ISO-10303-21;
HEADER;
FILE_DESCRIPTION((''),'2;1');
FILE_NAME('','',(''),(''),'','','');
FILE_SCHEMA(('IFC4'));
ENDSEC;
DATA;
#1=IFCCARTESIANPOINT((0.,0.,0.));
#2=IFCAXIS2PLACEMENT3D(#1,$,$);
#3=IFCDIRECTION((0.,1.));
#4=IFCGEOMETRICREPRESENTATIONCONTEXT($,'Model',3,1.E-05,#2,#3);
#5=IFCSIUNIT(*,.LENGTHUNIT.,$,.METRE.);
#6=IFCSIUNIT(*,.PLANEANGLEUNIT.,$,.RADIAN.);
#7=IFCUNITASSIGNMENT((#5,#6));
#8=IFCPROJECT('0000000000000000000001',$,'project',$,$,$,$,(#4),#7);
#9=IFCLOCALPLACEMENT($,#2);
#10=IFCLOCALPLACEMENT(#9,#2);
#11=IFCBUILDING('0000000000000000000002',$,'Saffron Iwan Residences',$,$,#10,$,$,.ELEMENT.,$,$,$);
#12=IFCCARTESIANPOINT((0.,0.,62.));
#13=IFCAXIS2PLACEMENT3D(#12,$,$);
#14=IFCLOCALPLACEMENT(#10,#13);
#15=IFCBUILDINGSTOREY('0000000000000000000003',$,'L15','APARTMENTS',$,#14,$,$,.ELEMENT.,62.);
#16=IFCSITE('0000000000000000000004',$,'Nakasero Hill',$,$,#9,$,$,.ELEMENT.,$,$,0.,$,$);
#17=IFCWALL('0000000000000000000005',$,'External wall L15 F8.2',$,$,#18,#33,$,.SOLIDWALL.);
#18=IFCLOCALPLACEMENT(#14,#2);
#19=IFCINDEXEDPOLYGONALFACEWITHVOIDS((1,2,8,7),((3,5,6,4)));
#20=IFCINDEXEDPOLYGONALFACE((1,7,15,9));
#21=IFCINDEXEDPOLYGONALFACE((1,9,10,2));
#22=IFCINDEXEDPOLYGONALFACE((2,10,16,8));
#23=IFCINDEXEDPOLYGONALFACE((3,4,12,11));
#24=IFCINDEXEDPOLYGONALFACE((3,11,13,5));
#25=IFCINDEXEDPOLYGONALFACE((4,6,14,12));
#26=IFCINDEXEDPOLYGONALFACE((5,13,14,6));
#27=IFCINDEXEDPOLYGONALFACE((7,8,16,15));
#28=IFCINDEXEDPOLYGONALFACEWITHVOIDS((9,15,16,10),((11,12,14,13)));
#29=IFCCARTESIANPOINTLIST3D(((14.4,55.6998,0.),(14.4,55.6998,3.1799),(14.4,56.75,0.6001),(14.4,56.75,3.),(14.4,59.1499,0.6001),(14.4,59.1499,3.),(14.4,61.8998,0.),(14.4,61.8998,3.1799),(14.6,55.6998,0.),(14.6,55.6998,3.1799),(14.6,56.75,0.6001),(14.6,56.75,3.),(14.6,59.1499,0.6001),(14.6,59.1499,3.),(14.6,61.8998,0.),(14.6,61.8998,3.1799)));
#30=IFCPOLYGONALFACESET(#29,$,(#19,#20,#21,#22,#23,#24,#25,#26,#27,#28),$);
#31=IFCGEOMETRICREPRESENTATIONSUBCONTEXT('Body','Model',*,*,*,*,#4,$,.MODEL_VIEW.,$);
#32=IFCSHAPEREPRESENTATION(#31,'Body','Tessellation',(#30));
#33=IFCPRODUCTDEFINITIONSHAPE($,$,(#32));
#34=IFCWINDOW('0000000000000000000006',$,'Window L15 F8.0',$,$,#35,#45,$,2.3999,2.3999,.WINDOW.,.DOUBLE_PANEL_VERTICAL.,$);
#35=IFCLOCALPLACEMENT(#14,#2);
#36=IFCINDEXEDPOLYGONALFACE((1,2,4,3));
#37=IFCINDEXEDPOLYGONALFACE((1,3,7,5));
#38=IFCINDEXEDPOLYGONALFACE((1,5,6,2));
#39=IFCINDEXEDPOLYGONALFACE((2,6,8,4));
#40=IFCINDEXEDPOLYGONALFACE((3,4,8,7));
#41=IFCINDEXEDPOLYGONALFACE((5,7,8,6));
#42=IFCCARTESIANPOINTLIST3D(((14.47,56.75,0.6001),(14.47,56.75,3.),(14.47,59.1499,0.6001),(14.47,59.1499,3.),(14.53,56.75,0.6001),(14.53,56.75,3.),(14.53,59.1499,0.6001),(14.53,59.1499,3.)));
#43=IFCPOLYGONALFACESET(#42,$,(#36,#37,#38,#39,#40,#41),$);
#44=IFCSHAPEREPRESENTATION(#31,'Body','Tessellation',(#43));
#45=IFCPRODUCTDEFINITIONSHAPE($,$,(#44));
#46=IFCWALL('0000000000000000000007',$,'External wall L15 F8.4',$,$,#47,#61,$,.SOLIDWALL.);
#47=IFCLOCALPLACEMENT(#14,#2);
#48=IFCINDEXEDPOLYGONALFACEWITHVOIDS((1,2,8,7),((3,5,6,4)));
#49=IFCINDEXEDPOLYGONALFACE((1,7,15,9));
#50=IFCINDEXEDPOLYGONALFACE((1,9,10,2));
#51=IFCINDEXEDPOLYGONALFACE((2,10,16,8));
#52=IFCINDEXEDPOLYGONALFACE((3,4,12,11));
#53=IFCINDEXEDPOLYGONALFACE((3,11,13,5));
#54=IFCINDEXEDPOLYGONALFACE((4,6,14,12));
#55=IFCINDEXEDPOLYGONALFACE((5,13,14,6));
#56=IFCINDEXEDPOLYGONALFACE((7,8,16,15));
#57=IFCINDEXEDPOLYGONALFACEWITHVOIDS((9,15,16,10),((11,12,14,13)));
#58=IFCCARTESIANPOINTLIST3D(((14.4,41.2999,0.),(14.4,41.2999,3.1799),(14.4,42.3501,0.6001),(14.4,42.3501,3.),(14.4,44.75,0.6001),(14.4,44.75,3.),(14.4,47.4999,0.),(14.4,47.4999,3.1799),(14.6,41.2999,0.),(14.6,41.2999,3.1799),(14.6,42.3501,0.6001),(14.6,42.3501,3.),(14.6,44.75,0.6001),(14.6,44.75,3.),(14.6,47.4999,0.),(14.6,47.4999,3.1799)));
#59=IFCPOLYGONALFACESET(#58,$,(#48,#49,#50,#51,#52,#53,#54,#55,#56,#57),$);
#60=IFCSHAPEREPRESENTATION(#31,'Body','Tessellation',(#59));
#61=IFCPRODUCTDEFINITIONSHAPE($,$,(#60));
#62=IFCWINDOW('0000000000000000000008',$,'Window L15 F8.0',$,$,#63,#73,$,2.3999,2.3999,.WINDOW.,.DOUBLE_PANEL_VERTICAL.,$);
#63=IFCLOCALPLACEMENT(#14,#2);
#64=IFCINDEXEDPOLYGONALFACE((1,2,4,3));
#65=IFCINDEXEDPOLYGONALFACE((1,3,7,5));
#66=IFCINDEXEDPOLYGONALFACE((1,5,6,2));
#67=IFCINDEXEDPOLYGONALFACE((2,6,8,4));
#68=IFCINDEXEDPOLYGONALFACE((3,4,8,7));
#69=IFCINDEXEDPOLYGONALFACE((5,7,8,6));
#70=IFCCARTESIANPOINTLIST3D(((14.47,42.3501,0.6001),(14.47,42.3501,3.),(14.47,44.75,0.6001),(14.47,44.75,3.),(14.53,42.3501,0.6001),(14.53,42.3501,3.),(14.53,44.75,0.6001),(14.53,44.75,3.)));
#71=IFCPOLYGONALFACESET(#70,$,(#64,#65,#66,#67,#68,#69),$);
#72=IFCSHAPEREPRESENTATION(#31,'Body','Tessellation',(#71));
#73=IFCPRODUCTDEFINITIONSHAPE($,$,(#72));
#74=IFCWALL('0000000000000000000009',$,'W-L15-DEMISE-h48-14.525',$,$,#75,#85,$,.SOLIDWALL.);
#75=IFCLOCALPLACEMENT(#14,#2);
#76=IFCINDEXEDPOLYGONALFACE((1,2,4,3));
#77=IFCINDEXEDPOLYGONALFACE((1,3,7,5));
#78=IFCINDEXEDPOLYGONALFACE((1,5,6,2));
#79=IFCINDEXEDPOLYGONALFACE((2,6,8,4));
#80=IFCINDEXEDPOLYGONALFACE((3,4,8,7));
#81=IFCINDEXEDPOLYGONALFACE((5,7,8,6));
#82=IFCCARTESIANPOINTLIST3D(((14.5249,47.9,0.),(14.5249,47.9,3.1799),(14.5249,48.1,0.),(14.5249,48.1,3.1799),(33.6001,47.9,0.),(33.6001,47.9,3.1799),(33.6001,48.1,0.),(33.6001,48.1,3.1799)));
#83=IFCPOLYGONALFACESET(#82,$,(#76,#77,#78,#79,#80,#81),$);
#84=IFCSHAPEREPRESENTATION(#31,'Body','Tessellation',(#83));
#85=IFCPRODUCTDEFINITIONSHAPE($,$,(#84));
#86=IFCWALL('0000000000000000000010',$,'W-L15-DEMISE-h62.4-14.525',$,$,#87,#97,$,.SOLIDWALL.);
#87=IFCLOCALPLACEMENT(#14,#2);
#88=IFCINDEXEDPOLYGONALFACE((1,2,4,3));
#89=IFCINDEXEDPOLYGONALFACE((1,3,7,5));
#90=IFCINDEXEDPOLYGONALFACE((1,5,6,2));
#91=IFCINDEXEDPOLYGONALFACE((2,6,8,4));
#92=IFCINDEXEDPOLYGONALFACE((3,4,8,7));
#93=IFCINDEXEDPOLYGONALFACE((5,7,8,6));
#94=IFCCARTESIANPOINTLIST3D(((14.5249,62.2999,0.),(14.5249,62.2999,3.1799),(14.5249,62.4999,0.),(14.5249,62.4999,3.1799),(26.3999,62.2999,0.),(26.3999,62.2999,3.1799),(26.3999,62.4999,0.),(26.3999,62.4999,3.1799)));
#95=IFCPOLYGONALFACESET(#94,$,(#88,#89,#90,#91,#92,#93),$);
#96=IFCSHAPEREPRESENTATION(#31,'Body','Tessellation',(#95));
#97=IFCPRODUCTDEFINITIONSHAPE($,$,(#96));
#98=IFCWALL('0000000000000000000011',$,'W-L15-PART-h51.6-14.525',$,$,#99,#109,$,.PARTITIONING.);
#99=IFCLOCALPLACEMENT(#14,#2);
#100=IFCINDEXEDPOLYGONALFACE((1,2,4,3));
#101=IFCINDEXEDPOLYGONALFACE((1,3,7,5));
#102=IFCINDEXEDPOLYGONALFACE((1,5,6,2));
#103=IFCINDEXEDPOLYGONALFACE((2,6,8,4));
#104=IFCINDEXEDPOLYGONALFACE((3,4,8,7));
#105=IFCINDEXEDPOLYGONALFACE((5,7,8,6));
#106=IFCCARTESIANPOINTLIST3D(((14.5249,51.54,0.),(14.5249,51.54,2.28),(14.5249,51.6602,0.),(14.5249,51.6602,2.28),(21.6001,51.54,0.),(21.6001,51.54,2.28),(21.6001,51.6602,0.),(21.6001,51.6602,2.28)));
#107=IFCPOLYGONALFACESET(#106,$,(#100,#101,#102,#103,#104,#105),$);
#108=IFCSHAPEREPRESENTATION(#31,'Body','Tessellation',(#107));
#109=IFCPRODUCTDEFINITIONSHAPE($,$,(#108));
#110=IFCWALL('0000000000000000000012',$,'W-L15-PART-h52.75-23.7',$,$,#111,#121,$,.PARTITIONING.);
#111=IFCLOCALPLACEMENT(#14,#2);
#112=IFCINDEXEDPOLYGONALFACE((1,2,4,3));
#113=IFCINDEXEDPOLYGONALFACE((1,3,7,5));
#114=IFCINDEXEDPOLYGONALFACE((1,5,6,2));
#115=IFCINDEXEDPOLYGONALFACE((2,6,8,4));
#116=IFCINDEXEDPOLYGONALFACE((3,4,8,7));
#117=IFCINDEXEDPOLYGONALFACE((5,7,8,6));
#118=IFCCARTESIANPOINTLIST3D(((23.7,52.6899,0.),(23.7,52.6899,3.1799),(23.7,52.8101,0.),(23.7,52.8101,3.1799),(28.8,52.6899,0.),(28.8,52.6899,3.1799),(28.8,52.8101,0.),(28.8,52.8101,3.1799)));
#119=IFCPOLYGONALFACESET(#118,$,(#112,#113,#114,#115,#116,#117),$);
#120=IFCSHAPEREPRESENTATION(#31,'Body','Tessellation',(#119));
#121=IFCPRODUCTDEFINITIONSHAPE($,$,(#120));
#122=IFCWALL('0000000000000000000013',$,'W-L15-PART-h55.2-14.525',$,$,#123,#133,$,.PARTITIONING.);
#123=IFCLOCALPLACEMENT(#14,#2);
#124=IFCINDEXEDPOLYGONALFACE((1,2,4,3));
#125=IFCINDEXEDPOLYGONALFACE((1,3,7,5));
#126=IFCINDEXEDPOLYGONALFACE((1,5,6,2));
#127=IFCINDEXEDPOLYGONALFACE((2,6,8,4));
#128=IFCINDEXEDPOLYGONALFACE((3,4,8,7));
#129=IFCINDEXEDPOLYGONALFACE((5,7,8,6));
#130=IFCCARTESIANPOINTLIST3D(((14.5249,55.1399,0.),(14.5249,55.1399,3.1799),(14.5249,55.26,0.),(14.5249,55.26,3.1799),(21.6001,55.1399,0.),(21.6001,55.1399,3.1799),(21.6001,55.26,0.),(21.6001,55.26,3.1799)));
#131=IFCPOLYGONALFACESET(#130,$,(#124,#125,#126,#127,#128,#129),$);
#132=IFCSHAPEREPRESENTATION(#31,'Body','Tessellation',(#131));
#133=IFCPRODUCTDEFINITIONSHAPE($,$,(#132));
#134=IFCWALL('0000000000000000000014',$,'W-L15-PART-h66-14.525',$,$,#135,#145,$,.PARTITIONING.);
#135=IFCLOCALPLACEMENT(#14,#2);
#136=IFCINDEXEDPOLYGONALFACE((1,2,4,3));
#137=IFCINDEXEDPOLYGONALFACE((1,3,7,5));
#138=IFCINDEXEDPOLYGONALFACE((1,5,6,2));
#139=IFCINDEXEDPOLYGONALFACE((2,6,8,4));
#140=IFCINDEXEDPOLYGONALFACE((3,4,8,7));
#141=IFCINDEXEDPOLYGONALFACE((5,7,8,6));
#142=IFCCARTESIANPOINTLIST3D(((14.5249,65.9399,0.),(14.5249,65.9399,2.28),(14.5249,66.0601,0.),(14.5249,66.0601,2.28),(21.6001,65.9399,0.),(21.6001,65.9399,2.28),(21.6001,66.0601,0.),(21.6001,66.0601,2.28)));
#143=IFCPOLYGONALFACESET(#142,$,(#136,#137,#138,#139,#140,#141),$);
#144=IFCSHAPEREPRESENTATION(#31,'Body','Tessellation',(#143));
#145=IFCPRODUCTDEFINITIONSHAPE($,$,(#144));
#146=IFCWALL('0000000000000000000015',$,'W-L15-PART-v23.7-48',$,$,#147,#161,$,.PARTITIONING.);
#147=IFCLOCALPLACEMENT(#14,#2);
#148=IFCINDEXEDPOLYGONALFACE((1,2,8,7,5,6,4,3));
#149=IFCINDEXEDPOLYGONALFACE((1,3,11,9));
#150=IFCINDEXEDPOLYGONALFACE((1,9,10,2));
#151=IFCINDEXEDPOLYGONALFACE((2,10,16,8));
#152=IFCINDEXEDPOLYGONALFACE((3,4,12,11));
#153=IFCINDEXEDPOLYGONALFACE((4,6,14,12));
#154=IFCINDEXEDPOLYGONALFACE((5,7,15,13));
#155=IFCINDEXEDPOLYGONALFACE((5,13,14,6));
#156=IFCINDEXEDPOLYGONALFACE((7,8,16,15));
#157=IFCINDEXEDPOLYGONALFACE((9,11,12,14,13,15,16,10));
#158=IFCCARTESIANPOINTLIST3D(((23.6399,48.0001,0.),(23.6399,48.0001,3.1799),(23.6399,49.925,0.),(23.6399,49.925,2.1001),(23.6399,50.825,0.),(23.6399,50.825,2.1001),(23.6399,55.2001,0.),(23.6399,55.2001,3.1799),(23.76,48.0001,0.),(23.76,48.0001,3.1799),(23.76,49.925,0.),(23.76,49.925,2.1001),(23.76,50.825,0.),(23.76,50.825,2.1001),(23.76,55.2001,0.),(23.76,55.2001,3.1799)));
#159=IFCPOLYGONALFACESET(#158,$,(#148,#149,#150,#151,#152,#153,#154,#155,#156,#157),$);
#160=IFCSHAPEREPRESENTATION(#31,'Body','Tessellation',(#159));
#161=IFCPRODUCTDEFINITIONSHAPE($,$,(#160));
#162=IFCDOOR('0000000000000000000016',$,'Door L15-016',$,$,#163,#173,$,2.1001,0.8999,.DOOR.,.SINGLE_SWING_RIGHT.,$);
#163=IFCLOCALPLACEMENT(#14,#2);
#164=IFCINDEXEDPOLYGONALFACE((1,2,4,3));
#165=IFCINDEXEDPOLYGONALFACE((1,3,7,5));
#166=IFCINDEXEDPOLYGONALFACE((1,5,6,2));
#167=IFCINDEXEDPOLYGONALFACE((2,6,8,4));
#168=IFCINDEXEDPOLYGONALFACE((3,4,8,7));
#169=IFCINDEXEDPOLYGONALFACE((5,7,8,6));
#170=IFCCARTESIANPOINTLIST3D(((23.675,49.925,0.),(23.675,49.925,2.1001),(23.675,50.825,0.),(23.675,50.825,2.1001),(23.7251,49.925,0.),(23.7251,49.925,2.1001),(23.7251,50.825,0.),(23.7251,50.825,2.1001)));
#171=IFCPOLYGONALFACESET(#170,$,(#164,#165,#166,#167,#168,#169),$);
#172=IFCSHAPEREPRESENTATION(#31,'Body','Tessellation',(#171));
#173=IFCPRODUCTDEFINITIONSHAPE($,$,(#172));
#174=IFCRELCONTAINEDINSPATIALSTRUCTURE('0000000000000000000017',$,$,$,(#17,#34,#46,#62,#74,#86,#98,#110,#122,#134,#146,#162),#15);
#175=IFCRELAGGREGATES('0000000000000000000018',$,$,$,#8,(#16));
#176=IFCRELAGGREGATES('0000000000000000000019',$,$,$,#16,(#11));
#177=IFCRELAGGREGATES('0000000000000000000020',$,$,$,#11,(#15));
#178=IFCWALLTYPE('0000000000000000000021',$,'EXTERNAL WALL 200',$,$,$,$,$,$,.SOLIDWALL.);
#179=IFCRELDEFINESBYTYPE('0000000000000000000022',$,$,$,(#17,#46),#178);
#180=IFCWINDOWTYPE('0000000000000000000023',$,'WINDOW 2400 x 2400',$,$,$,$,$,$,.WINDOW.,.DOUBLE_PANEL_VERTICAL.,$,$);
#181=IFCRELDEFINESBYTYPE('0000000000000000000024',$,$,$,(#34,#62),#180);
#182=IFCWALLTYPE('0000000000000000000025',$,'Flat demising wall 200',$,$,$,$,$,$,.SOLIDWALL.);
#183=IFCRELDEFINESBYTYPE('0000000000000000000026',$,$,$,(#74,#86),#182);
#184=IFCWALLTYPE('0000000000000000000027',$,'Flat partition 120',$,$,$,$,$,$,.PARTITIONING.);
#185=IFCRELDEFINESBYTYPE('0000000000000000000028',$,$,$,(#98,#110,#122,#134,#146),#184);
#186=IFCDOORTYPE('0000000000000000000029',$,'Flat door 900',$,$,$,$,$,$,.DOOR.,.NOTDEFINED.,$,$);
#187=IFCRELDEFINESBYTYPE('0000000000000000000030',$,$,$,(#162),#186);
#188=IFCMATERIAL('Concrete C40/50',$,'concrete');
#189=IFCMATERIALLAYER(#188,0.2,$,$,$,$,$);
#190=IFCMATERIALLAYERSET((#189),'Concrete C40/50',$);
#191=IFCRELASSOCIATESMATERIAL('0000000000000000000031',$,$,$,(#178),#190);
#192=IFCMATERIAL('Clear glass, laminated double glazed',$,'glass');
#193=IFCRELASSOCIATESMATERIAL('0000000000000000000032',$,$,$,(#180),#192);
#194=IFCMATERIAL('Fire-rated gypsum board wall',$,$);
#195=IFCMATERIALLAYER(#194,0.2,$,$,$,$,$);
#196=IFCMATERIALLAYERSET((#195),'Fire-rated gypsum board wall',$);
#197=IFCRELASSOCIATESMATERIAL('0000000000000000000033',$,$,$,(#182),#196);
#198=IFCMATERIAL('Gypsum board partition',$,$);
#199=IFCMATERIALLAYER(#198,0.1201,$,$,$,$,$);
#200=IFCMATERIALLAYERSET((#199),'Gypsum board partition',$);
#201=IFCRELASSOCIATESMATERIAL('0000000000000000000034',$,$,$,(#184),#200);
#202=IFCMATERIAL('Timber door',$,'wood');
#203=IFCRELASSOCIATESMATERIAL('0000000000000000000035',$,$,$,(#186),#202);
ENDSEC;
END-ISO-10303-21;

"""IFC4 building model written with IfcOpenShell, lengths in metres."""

from ifc_helpers import new_model, si_unit, direction, frame, frame_2d, origin, place, context, subcontext, project, spatial, rectangle, extrude, material, layer, layer_set, type_object, element, fill, save


model = new_model("IFC4")

# Units and contexts
model_context = context("Model", 3, precision=1e-05, world=origin(), true_north=direction((0.0, 1.0)))
body_context = subcontext(model_context, "Body", "Model", "MODEL_VIEW")
ifc_project = project(units=[si_unit("LENGTHUNIT", "METRE"), si_unit("PLANEANGLEUNIT", "RADIAN")], contexts=[model_context])

# Site, building, storey
site_placement = place(None, origin())
site = spatial("IfcSite", under=ifc_project, at=site_placement, Name="Nakasero Hill", CompositionType="ELEMENT", RefElevation=0.0)
building_placement = place(site_placement, origin())
building = spatial("IfcBuilding", under=site, at=building_placement, Name="Saffron Iwan Residences", CompositionType="ELEMENT")
storey_placement = place(building_placement, frame((0.0, 0.0, 62.0)))
storey = spatial("IfcBuildingStorey", under=building, at=storey_placement, Name="L15", Description="APARTMENTS", CompositionType="ELEMENT", Elevation=62.0)

# Wall, opening, window
ifc_material_1 = material(Name="Concrete C40/50", Category="concrete")
ifc_layer_1 = layer(ifc_material_1, 0.2)
ifc_layer_set_1 = layer_set([ifc_layer_1], Name="Concrete C40/50")
wall_type_1 = type_object("IfcWallType", Name="EXTERNAL WALL 200", PredefinedType="SOLIDWALL", material=ifc_layer_set_1)
wall_1_placement = place(storey_placement, frame((14.5, 61.8999, 0.0), z_axis=(0.0, 0.0, 1.0), x_axis=(0.0, -1.0, 0.0)))
wall_1 = element("IfcWall", 1, at=wall_1_placement, inside=storey, type_object=wall_type_1, Name="External wall L15 F8.2", PredefinedType="SOLIDWALL", context=body_context, shape_type="SweptSolid", body=[
    extrude(rectangle(XDim=6.2, YDim=0.2, at=frame_2d((3.1001, 0.0))), origin(), (0.0, 0.0, 1.0), 3.1799),
])
opening_1_placement = place(wall_1_placement, frame((2.75, 0.0, 0.6001)))
opening_1 = element("IfcOpeningElement", 2, at=opening_1_placement, cuts=wall_1, PredefinedType="OPENING", context=body_context, shape_type="SweptSolid", body=[
    extrude(rectangle(XDim=2.3999, YDim=2.3999, at=frame_2d((1.2, 1.2))), frame((0.0, 0.1099, 0.0), z_axis=(0.0, -1.0, 0.0), x_axis=(1.0, 0.0, 0.0)), (0.0, 0.0, 1.0), 0.22),
])
ifc_material_2 = material(Name="Clear glass, laminated double glazed", Category="glass")
window_type_1 = type_object("IfcWindowType", Name="WINDOW 2400 x 2400", PartitioningType="DOUBLE_PANEL_VERTICAL", PredefinedType="WINDOW", material=ifc_material_2)
window_1_placement = place(opening_1_placement, origin())
window_1 = element("IfcWindow", 3, at=window_1_placement, inside=storey, type_object=window_type_1, Name="Window L15 F8.0", OverallHeight=2.3999, OverallWidth=2.3999, PartitioningType="DOUBLE_PANEL_VERTICAL", PredefinedType="WINDOW", context=body_context, shape_type="SweptSolid", body=[
    extrude(rectangle(XDim=2.3999, YDim=2.3999, at=frame_2d((1.2, 1.2))), frame((0.0, 0.03, 0.0), z_axis=(0.0, -1.0, 0.0), x_axis=(1.0, 0.0, 0.0)), (0.0, 0.0, 1.0), 0.0601),
])
fill(opening_1, window_1)

# Wall, opening, window
wall_2_placement = place(storey_placement, frame((14.5, 47.5, 0.0), z_axis=(0.0, 0.0, 1.0), x_axis=(0.0, -1.0, 0.0)))
wall_2 = element("IfcWall", 4, at=wall_2_placement, inside=storey, type_object=wall_type_1, Name="External wall L15 F8.4", PredefinedType="SOLIDWALL", context=body_context, shape_type="SweptSolid", body=[
    extrude(rectangle(XDim=6.2, YDim=0.2, at=frame_2d((3.1001, 0.0))), origin(), (0.0, 0.0, 1.0), 3.1799),
])
opening_2_placement = place(wall_2_placement, frame((2.75, 0.0, 0.6001)))
opening_2 = element("IfcOpeningElement", 5, at=opening_2_placement, cuts=wall_2, PredefinedType="OPENING", context=body_context, shape_type="SweptSolid", body=[
    extrude(rectangle(XDim=2.3999, YDim=2.3999, at=frame_2d((1.2, 1.2))), frame((0.0, 0.1099, 0.0), z_axis=(0.0, -1.0, 0.0), x_axis=(1.0, 0.0, 0.0)), (0.0, 0.0, 1.0), 0.22),
])
window_2_placement = place(opening_2_placement, origin())
window_2 = element("IfcWindow", 6, at=window_2_placement, inside=storey, type_object=window_type_1, Name="Window L15 F8.0", OverallHeight=2.3999, OverallWidth=2.3999, PartitioningType="DOUBLE_PANEL_VERTICAL", PredefinedType="WINDOW", context=body_context, shape_type="SweptSolid", body=[
    extrude(rectangle(XDim=2.3999, YDim=2.3999, at=frame_2d((1.2, 1.2))), frame((0.0, 0.03, 0.0), z_axis=(0.0, -1.0, 0.0), x_axis=(1.0, 0.0, 0.0)), (0.0, 0.0, 1.0), 0.0601),
])
fill(opening_2, window_2)

# Walls
ifc_material_3 = material(Name="Fire-rated gypsum board wall")
ifc_layer_2 = layer(ifc_material_3, 0.2)
ifc_layer_set_2 = layer_set([ifc_layer_2], Name="Fire-rated gypsum board wall")
wall_type_2 = type_object("IfcWallType", Name="Flat demising wall 200", PredefinedType="SOLIDWALL", material=ifc_layer_set_2)
wall_3_placement = place(storey_placement, frame((14.5249, 48.0, 0.0), z_axis=(0.0, 0.0, 1.0), x_axis=(1.0, 0.0, 0.0)))
element("IfcWall", 7, at=wall_3_placement, inside=storey, type_object=wall_type_2, Name="W-L15-DEMISE-h48-14.525", PredefinedType="SOLIDWALL", context=body_context, shape_type="SweptSolid", body=[
    extrude(rectangle(XDim=19.0752, YDim=0.2, at=frame_2d((9.5376, 0.0))), origin(), (0.0, 0.0, 1.0), 3.1799),
])
wall_4_placement = place(storey_placement, frame((14.5249, 62.3999, 0.0), z_axis=(0.0, 0.0, 1.0), x_axis=(1.0, 0.0, 0.0)))
element("IfcWall", 8, at=wall_4_placement, inside=storey, type_object=wall_type_2, Name="W-L15-DEMISE-h62.4-14.525", PredefinedType="SOLIDWALL", context=body_context, shape_type="SweptSolid", body=[
    extrude(rectangle(XDim=11.875, YDim=0.2, at=frame_2d((5.9375, 0.0))), origin(), (0.0, 0.0, 1.0), 3.1799),
])
ifc_material_4 = material(Name="Gypsum board partition")
ifc_layer_3 = layer(ifc_material_4, 0.1201)
ifc_layer_set_3 = layer_set([ifc_layer_3], Name="Gypsum board partition")
wall_type_3 = type_object("IfcWallType", Name="Flat partition 120", PredefinedType="PARTITIONING", material=ifc_layer_set_3)
wall_5_placement = place(storey_placement, frame((14.5249, 51.6001, 0.0), z_axis=(0.0, 0.0, 1.0), x_axis=(1.0, 0.0, 0.0)))
element("IfcWall", 9, at=wall_5_placement, inside=storey, type_object=wall_type_3, Name="W-L15-PART-h51.6-14.525", PredefinedType="PARTITIONING", context=body_context, shape_type="SweptSolid", body=[
    extrude(rectangle(XDim=7.0752, YDim=0.1201, at=frame_2d((3.5376, 0.0))), origin(), (0.0, 0.0, 1.0), 2.28),
])
wall_6_placement = place(storey_placement, frame((23.7, 52.75, 0.0), z_axis=(0.0, 0.0, 1.0), x_axis=(1.0, 0.0, 0.0)))
element("IfcWall", 10, at=wall_6_placement, inside=storey, type_object=wall_type_3, Name="W-L15-PART-h52.75-23.7", PredefinedType="PARTITIONING", context=body_context, shape_type="SweptSolid", body=[
    extrude(rectangle(XDim=5.1001, YDim=0.1201, at=frame_2d((2.55, 0.0))), origin(), (0.0, 0.0, 1.0), 3.1799),
])
wall_7_placement = place(storey_placement, frame((14.5249, 55.2, 0.0), z_axis=(0.0, 0.0, 1.0), x_axis=(1.0, 0.0, 0.0)))
element("IfcWall", 11, at=wall_7_placement, inside=storey, type_object=wall_type_3, Name="W-L15-PART-h55.2-14.525", PredefinedType="PARTITIONING", context=body_context, shape_type="SweptSolid", body=[
    extrude(rectangle(XDim=7.0752, YDim=0.1201, at=frame_2d((3.5376, 0.0))), origin(), (0.0, 0.0, 1.0), 3.1799),
])
wall_8_placement = place(storey_placement, frame((14.5249, 66.0, 0.0), z_axis=(0.0, 0.0, 1.0), x_axis=(1.0, 0.0, 0.0)))
element("IfcWall", 12, at=wall_8_placement, inside=storey, type_object=wall_type_3, Name="W-L15-PART-h66-14.525", PredefinedType="PARTITIONING", context=body_context, shape_type="SweptSolid", body=[
    extrude(rectangle(XDim=7.0752, YDim=0.1201, at=frame_2d((3.5376, 0.0))), origin(), (0.0, 0.0, 1.0), 2.28),
])

# Wall, opening, door
wall_9_placement = place(storey_placement, frame((23.7, 48.0, 0.0), z_axis=(0.0, 0.0, 1.0), x_axis=(0.0, 1.0, 0.0)))
wall_9 = element("IfcWall", 13, at=wall_9_placement, inside=storey, type_object=wall_type_3, Name="W-L15-PART-v23.7-48", PredefinedType="PARTITIONING", context=body_context, shape_type="SweptSolid", body=[
    extrude(rectangle(XDim=7.2, YDim=0.1201, at=frame_2d((3.6001, 0.0))), origin(), (0.0, 0.0, 1.0), 3.1799),
])
opening_3_placement = place(wall_9_placement, frame((1.925, 0.0, 0.0)))
opening_3 = element("IfcOpeningElement", 14, at=opening_3_placement, cuts=wall_9, PredefinedType="OPENING", context=body_context, shape_type="SweptSolid", body=[
    extrude(rectangle(XDim=0.8999, YDim=2.1001, at=frame_2d((0.45, 1.05))), frame((0.0, 0.0701, 0.0), z_axis=(0.0, -1.0, 0.0), x_axis=(1.0, 0.0, 0.0)), (0.0, 0.0, 1.0), 0.1401),
])
ifc_material_5 = material(Name="Timber door", Category="wood")
door_type_1 = type_object("IfcDoorType", Name="Flat door 900", OperationType="NOTDEFINED", PredefinedType="DOOR", material=ifc_material_5)
door_1_placement = place(opening_3_placement, origin())
door_1 = element("IfcDoor", 15, at=door_1_placement, inside=storey, type_object=door_type_1, Name="Door L15-016", OperationType="SINGLE_SWING_RIGHT", OverallHeight=2.1001, OverallWidth=0.8999, PredefinedType="DOOR", context=body_context, shape_type="SweptSolid", body=[
    extrude(rectangle(XDim=0.8999, YDim=2.1001, at=frame_2d((0.45, 1.05))), frame((0.0, 0.0249, 0.0), z_axis=(0.0, -1.0, 0.0), x_axis=(1.0, 0.0, 0.0)), (0.0, 0.0, 1.0), 0.05),
])
fill(opening_3, door_1)

save(model, "model.ifc")
